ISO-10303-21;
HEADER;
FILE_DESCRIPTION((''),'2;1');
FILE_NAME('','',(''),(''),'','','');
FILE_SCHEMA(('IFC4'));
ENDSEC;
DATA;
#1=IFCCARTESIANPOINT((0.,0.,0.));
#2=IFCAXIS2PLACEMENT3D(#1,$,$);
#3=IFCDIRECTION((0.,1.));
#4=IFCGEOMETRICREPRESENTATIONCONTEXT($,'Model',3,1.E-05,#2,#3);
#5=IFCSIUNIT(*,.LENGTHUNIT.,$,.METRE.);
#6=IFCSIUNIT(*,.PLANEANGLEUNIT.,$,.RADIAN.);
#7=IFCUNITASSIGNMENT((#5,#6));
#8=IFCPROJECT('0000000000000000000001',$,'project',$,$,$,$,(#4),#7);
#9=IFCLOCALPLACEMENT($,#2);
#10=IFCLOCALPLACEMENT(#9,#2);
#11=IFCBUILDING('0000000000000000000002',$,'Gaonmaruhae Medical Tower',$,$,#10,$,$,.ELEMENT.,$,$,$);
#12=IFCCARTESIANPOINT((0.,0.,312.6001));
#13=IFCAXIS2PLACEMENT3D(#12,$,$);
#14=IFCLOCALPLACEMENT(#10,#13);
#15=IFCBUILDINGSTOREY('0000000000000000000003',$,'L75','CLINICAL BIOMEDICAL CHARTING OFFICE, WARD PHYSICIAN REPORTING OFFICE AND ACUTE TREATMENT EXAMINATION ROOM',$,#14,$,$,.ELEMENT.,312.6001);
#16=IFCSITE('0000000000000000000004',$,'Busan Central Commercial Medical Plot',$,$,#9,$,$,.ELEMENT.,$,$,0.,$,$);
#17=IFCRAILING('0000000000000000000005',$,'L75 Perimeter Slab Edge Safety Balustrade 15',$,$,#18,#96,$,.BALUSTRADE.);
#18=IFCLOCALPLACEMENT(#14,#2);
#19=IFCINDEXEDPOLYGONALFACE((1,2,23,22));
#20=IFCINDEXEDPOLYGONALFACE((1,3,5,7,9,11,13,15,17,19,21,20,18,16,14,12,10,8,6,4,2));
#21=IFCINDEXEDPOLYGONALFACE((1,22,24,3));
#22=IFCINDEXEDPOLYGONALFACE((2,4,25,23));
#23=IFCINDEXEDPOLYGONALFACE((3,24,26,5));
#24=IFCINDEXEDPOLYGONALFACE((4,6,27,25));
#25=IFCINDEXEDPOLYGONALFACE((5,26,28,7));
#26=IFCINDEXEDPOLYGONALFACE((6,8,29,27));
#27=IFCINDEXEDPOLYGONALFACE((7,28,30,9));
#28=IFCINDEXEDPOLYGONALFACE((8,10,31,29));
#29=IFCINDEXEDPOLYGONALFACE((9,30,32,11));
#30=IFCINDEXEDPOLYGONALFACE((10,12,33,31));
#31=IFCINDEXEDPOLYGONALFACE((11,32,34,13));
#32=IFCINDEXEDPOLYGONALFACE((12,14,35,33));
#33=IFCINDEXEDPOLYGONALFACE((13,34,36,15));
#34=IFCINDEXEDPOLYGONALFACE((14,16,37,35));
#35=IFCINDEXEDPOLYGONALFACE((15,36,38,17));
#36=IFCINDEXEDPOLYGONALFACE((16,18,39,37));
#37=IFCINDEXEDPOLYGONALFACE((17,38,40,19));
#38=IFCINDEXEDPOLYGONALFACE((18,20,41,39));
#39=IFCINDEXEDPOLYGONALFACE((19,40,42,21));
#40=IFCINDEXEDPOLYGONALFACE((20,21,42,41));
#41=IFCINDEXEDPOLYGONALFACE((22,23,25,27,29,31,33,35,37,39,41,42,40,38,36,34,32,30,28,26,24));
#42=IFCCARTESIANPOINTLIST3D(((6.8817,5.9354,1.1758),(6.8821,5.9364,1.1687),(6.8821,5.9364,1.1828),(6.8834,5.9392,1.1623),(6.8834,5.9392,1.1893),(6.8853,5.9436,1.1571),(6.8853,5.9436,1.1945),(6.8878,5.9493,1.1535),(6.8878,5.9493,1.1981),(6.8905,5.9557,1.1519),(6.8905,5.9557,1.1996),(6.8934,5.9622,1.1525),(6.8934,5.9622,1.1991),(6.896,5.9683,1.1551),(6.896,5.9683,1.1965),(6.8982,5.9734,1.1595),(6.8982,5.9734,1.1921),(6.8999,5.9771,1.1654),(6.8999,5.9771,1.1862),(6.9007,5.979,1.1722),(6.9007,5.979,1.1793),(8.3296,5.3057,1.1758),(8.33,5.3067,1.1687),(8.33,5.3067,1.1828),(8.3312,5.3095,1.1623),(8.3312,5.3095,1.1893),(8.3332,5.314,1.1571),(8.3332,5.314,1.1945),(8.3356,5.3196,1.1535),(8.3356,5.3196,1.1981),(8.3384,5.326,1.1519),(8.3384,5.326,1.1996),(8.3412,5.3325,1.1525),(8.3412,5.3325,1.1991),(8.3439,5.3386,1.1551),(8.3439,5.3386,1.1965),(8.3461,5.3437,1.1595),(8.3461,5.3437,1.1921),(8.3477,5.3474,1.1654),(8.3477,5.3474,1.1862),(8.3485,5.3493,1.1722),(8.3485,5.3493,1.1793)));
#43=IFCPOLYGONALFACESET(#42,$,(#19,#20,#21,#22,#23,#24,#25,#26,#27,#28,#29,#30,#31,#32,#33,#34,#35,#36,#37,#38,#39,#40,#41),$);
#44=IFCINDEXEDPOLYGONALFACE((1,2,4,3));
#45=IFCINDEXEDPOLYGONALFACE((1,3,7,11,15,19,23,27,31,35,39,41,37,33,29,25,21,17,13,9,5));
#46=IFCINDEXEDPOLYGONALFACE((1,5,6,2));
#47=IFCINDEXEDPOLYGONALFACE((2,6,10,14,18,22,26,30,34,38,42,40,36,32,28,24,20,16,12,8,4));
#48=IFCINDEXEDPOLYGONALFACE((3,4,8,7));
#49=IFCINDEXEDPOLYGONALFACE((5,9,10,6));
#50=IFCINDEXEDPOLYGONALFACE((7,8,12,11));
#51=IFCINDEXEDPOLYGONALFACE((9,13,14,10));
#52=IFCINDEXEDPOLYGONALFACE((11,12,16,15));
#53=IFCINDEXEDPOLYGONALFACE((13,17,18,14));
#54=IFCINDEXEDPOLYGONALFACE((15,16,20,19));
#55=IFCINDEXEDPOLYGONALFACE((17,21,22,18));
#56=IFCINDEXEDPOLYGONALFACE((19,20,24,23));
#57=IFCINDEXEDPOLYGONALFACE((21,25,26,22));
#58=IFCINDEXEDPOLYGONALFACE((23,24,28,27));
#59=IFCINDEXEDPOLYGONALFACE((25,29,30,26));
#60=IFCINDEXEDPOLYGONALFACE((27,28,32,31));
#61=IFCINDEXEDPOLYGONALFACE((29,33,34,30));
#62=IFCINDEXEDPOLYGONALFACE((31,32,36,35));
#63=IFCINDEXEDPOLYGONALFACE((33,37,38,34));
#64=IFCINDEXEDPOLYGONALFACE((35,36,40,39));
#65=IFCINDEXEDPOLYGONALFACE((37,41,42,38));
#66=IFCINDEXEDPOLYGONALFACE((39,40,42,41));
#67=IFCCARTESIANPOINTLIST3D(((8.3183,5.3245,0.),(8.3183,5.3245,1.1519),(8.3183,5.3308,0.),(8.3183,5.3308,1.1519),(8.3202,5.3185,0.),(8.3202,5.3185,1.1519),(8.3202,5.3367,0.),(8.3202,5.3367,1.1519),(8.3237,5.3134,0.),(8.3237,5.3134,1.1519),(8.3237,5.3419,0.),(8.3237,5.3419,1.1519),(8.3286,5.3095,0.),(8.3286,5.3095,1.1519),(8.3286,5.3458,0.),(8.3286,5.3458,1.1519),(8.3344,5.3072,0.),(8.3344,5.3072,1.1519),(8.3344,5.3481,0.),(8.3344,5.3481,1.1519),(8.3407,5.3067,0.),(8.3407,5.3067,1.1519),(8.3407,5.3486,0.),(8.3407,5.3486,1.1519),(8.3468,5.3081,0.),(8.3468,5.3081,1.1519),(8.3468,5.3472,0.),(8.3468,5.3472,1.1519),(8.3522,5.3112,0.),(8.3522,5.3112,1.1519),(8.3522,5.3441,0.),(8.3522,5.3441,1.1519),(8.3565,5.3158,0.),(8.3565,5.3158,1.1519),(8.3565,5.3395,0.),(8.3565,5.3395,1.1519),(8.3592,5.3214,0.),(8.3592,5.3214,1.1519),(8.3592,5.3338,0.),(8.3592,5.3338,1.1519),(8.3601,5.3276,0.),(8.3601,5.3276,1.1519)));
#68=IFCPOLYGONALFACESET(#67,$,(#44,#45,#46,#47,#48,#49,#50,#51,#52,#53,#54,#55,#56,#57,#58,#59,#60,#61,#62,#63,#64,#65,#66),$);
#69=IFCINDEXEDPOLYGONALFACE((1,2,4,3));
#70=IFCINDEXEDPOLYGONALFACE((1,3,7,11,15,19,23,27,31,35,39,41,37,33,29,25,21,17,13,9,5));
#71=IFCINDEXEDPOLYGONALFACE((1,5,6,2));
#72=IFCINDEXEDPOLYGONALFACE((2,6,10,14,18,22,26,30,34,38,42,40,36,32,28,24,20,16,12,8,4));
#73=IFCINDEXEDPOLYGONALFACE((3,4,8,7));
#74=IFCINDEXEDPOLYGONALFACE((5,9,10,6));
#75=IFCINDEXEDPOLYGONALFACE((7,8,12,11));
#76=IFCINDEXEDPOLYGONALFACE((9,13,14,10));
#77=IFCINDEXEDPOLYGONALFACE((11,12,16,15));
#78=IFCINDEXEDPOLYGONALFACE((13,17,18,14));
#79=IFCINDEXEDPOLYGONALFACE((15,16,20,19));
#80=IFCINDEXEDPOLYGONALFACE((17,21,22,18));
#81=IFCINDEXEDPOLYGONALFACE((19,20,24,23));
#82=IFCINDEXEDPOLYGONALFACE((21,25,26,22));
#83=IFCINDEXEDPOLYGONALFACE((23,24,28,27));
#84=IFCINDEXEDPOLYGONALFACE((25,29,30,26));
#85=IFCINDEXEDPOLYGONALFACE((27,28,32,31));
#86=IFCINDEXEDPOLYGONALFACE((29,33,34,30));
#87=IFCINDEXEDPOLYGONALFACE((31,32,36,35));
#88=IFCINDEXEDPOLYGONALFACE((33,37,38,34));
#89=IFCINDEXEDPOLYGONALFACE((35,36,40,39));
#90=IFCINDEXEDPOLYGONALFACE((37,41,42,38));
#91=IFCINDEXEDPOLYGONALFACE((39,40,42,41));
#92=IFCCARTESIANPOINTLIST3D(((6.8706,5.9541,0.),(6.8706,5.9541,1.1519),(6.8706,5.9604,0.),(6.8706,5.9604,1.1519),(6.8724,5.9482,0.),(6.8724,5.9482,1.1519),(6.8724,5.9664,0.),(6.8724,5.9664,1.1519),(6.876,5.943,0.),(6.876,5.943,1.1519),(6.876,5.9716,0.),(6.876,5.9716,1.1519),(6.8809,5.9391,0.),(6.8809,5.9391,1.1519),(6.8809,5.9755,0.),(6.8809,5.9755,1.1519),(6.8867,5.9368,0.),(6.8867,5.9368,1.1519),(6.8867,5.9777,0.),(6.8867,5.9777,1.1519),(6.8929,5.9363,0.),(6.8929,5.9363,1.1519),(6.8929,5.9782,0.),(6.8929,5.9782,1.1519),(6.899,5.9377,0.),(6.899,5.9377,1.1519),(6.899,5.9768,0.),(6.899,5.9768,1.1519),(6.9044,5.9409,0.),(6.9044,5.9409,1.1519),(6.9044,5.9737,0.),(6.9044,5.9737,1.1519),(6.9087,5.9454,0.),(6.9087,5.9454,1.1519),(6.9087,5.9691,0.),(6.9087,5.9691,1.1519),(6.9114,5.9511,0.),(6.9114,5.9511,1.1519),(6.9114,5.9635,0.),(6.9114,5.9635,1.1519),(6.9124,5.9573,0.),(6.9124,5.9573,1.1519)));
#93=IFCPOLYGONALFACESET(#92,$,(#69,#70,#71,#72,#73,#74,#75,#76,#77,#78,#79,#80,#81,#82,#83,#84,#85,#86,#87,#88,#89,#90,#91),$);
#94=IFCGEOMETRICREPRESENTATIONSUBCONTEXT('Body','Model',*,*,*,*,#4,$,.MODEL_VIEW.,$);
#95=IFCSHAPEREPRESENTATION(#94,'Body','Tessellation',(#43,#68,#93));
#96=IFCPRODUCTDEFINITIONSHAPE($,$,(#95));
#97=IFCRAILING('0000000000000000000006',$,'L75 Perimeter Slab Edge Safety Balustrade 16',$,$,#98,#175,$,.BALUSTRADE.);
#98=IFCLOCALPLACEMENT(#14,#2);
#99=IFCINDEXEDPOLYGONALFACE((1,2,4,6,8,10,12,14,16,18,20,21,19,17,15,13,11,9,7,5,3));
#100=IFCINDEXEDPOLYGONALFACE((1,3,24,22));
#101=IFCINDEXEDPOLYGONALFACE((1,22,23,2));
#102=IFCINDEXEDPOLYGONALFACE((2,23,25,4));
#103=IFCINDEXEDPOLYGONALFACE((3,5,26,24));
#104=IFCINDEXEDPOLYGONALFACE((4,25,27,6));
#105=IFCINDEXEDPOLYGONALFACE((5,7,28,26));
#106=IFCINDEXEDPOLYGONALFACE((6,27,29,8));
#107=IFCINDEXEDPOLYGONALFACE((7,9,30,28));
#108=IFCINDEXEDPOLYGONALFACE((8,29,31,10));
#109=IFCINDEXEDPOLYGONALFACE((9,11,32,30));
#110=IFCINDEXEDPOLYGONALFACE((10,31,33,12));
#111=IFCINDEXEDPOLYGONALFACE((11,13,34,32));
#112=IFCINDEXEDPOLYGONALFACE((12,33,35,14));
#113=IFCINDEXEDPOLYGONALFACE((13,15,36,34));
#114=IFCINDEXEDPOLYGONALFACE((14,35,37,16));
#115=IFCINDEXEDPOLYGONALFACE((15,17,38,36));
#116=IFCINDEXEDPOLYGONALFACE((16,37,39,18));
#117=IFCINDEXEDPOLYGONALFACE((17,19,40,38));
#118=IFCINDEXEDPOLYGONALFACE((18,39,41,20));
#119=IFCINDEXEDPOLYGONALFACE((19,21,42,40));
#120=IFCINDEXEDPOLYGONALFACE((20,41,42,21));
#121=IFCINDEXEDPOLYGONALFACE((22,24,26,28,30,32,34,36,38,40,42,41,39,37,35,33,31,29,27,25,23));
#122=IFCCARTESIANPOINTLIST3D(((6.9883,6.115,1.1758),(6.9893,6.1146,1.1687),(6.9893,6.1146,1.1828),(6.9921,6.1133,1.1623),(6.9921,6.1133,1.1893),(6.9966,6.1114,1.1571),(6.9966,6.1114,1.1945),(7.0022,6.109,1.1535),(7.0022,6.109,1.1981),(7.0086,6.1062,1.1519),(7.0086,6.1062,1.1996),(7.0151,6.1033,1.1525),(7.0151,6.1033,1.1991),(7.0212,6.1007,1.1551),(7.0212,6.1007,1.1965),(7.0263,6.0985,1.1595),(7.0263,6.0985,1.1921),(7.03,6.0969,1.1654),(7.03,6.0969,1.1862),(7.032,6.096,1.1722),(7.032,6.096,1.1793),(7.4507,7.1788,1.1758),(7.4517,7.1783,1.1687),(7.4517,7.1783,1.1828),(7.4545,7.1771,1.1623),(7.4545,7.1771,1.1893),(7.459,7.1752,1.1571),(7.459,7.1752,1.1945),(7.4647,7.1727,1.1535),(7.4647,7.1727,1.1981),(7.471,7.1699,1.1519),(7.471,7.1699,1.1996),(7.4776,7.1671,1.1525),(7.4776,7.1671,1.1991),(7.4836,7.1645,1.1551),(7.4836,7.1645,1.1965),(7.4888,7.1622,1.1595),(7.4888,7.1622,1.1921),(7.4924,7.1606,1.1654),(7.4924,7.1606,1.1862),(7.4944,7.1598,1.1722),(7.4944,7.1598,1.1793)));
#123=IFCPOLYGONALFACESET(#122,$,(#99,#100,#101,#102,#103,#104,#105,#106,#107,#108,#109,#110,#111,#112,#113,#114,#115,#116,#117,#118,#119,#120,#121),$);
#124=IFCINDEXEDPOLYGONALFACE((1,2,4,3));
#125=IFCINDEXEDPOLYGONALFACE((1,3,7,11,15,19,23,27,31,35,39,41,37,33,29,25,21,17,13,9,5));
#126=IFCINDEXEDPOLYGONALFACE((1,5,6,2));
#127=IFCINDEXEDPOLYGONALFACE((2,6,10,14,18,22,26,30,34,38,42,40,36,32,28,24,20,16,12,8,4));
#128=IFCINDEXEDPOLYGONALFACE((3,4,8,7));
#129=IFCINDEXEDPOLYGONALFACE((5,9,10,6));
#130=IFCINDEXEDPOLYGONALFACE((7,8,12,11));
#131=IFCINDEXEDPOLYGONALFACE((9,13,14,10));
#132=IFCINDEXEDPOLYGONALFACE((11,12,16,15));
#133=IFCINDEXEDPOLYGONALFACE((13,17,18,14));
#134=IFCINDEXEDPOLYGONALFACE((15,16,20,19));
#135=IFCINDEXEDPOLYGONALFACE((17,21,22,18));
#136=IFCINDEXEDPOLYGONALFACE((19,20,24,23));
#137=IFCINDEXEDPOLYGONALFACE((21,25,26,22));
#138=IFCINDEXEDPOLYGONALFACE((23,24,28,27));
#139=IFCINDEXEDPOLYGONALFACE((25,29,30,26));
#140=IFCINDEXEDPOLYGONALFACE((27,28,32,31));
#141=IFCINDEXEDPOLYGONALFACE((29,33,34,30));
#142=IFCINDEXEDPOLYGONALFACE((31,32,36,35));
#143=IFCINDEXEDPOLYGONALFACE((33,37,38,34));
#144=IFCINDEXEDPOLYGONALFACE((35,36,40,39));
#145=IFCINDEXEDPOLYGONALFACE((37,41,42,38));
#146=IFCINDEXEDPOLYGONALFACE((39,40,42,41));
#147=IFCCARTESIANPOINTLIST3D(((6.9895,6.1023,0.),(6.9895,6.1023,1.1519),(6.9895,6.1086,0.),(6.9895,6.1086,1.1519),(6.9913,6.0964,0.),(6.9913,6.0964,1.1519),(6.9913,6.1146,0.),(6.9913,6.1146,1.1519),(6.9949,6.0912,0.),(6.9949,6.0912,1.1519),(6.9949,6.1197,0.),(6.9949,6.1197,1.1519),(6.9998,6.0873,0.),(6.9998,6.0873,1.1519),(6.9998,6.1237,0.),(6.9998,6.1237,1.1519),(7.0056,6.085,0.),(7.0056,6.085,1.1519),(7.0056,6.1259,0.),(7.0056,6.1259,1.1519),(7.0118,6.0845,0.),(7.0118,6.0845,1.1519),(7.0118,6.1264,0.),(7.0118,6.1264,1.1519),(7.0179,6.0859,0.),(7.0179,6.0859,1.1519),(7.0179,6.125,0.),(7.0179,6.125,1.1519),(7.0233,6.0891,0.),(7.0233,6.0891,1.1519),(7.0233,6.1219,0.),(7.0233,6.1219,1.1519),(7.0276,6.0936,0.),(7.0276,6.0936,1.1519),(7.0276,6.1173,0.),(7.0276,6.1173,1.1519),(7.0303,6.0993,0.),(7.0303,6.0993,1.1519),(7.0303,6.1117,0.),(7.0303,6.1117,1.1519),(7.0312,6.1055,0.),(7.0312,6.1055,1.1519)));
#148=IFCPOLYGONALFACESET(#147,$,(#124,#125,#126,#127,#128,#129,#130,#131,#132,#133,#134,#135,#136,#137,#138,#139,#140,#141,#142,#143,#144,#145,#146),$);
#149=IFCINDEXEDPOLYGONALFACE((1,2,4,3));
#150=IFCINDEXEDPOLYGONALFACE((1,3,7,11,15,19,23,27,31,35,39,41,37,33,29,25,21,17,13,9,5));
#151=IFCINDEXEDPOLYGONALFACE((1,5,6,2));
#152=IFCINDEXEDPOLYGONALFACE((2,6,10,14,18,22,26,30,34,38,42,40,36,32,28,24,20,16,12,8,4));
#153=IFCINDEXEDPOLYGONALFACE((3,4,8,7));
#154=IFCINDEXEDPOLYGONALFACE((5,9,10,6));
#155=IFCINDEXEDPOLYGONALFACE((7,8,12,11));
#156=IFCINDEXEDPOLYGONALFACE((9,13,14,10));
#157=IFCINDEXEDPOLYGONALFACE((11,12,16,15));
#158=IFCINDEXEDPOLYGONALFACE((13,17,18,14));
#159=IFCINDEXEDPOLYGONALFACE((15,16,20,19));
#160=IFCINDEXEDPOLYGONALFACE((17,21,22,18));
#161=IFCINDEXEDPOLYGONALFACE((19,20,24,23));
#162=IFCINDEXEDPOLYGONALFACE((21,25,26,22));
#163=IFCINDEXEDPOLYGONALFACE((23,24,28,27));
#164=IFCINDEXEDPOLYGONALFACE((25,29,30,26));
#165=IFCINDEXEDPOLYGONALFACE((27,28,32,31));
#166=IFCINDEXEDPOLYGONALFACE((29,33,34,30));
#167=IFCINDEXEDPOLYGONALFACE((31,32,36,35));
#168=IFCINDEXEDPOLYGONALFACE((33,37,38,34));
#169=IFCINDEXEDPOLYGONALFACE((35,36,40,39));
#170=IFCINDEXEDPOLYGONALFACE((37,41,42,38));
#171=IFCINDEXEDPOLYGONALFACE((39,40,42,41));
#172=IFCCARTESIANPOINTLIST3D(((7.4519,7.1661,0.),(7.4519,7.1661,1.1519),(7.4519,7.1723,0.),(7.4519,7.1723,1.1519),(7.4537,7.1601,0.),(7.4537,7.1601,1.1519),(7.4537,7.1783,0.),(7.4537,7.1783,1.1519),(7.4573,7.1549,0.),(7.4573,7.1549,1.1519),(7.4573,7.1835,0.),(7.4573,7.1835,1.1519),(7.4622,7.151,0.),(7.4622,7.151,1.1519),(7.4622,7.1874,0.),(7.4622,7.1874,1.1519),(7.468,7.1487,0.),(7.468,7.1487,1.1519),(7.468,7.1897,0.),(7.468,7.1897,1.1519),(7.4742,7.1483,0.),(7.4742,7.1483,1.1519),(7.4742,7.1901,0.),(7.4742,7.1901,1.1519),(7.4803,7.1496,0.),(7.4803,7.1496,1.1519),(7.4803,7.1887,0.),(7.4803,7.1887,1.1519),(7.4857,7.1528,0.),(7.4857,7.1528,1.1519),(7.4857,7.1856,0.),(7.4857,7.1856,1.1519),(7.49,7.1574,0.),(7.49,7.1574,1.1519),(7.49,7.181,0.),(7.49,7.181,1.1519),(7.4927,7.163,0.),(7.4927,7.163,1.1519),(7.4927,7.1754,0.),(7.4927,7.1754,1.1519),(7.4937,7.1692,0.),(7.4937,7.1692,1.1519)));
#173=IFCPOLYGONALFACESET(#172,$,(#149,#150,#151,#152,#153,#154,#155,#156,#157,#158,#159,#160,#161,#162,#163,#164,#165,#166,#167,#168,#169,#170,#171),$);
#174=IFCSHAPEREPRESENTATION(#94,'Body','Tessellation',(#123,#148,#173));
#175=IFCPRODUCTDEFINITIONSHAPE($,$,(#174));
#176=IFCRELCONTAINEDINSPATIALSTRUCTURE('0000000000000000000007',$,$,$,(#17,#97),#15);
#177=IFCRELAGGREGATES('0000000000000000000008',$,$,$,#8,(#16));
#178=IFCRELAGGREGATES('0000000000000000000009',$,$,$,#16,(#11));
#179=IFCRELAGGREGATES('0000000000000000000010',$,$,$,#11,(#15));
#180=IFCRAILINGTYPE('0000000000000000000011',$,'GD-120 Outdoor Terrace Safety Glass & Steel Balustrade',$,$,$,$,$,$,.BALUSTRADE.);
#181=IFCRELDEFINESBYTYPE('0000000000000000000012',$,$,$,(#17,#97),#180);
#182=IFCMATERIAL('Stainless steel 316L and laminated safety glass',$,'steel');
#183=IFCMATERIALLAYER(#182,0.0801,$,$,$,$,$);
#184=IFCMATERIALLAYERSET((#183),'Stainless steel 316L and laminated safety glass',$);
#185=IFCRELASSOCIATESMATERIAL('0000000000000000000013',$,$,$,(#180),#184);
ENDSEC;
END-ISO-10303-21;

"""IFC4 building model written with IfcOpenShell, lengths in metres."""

from ifc_helpers import new_model, si_unit, direction, frame, origin, origin_2d, place, context, subcontext, project, spatial, circle, extrude, material, layer, layer_set, type_object, element, save


model = new_model("IFC4")

# Units and contexts
model_context = context("Model", 3, precision=1e-05, world=origin(), true_north=direction((0.0, 1.0)))
body_context = subcontext(model_context, "Body", "Model", "MODEL_VIEW")
ifc_project = project(units=[si_unit("LENGTHUNIT", "METRE"), si_unit("PLANEANGLEUNIT", "RADIAN")], contexts=[model_context])

# Site, building, storey
site_placement = place(None, origin())
site = spatial("IfcSite", under=ifc_project, at=site_placement, Name="Busan Central Commercial Medical Plot", CompositionType="ELEMENT", RefElevation=0.0)
building_placement = place(site_placement, origin())
building = spatial("IfcBuilding", under=site, at=building_placement, Name="Gaonmaruhae Medical Tower", CompositionType="ELEMENT")
storey_placement = place(building_placement, frame((0.0, 0.0, 312.6001)))
storey = spatial("IfcBuildingStorey", under=building, at=storey_placement, Name="L75", Description="CLINICAL BIOMEDICAL CHARTING OFFICE, WARD PHYSICIAN REPORTING OFFICE AND ACUTE TREATMENT EXAMINATION ROOM", CompositionType="ELEMENT", Elevation=312.6001)

# Railings
ifc_material_1 = material(Name="Stainless steel 316L and laminated safety glass", Category="steel")
ifc_layer_1 = layer(ifc_material_1, 0.0801)
ifc_layer_set_1 = layer_set([ifc_layer_1], Name="Stainless steel 316L and laminated safety glass")
railing_type = type_object("IfcRailingType", Name="GD-120 Outdoor Terrace Safety Glass & Steel Balustrade", PredefinedType="BALUSTRADE", material=ifc_layer_set_1)
railing_1_placement = place(storey_placement, frame((8.3391, 5.3276, 0.0)))
element("IfcRailing", 1, at=railing_1_placement, inside=storey, type_object=railing_type, Name="L75 Perimeter Slab Edge Safety Balustrade 15", PredefinedType="BALUSTRADE", context=body_context, shape_type="SweptSolid", body=[
    extrude(circle(Radius=0.0239, at=origin_2d()), frame((0.0, 0.0, 1.1758), z_axis=(-0.917028, 0.398822, 0.0), x_axis=(-0.398822, -0.917028, 0.0)), (0.0, 0.0, 1.0), 1.5789),
    extrude(circle(Radius=0.021, at=origin_2d()), origin(), (0.0, 0.0, 1.0), 1.1519),
    extrude(circle(Radius=0.021, at=origin_2d()), frame((-1.4478, 0.6296, 0.0)), (0.0, 0.0, 1.0), 1.1519),
])
railing_2_placement = place(storey_placement, frame((7.0103, 6.1055, 0.0)))
element("IfcRailing", 2, at=railing_2_placement, inside=storey, type_object=railing_type, Name="L75 Perimeter Slab Edge Safety Balustrade 16", PredefinedType="BALUSTRADE", context=body_context, shape_type="SweptSolid", body=[
    extrude(circle(Radius=0.0239, at=origin_2d()), frame((0.0, 0.0, 1.1758), z_axis=(0.398665, 0.917097, 0.0), x_axis=(-0.917097, 0.398665, 0.0)), (0.0, 0.0, 1.0), 1.1599),
    extrude(circle(Radius=0.021, at=origin_2d()), origin(), (0.0, 0.0, 1.0), 1.1519),
    extrude(circle(Radius=0.021, at=origin_2d()), frame((0.4624, 1.0637, 0.0)), (0.0, 0.0, 1.0), 1.1519),
])

save(model, "model.ifc")
